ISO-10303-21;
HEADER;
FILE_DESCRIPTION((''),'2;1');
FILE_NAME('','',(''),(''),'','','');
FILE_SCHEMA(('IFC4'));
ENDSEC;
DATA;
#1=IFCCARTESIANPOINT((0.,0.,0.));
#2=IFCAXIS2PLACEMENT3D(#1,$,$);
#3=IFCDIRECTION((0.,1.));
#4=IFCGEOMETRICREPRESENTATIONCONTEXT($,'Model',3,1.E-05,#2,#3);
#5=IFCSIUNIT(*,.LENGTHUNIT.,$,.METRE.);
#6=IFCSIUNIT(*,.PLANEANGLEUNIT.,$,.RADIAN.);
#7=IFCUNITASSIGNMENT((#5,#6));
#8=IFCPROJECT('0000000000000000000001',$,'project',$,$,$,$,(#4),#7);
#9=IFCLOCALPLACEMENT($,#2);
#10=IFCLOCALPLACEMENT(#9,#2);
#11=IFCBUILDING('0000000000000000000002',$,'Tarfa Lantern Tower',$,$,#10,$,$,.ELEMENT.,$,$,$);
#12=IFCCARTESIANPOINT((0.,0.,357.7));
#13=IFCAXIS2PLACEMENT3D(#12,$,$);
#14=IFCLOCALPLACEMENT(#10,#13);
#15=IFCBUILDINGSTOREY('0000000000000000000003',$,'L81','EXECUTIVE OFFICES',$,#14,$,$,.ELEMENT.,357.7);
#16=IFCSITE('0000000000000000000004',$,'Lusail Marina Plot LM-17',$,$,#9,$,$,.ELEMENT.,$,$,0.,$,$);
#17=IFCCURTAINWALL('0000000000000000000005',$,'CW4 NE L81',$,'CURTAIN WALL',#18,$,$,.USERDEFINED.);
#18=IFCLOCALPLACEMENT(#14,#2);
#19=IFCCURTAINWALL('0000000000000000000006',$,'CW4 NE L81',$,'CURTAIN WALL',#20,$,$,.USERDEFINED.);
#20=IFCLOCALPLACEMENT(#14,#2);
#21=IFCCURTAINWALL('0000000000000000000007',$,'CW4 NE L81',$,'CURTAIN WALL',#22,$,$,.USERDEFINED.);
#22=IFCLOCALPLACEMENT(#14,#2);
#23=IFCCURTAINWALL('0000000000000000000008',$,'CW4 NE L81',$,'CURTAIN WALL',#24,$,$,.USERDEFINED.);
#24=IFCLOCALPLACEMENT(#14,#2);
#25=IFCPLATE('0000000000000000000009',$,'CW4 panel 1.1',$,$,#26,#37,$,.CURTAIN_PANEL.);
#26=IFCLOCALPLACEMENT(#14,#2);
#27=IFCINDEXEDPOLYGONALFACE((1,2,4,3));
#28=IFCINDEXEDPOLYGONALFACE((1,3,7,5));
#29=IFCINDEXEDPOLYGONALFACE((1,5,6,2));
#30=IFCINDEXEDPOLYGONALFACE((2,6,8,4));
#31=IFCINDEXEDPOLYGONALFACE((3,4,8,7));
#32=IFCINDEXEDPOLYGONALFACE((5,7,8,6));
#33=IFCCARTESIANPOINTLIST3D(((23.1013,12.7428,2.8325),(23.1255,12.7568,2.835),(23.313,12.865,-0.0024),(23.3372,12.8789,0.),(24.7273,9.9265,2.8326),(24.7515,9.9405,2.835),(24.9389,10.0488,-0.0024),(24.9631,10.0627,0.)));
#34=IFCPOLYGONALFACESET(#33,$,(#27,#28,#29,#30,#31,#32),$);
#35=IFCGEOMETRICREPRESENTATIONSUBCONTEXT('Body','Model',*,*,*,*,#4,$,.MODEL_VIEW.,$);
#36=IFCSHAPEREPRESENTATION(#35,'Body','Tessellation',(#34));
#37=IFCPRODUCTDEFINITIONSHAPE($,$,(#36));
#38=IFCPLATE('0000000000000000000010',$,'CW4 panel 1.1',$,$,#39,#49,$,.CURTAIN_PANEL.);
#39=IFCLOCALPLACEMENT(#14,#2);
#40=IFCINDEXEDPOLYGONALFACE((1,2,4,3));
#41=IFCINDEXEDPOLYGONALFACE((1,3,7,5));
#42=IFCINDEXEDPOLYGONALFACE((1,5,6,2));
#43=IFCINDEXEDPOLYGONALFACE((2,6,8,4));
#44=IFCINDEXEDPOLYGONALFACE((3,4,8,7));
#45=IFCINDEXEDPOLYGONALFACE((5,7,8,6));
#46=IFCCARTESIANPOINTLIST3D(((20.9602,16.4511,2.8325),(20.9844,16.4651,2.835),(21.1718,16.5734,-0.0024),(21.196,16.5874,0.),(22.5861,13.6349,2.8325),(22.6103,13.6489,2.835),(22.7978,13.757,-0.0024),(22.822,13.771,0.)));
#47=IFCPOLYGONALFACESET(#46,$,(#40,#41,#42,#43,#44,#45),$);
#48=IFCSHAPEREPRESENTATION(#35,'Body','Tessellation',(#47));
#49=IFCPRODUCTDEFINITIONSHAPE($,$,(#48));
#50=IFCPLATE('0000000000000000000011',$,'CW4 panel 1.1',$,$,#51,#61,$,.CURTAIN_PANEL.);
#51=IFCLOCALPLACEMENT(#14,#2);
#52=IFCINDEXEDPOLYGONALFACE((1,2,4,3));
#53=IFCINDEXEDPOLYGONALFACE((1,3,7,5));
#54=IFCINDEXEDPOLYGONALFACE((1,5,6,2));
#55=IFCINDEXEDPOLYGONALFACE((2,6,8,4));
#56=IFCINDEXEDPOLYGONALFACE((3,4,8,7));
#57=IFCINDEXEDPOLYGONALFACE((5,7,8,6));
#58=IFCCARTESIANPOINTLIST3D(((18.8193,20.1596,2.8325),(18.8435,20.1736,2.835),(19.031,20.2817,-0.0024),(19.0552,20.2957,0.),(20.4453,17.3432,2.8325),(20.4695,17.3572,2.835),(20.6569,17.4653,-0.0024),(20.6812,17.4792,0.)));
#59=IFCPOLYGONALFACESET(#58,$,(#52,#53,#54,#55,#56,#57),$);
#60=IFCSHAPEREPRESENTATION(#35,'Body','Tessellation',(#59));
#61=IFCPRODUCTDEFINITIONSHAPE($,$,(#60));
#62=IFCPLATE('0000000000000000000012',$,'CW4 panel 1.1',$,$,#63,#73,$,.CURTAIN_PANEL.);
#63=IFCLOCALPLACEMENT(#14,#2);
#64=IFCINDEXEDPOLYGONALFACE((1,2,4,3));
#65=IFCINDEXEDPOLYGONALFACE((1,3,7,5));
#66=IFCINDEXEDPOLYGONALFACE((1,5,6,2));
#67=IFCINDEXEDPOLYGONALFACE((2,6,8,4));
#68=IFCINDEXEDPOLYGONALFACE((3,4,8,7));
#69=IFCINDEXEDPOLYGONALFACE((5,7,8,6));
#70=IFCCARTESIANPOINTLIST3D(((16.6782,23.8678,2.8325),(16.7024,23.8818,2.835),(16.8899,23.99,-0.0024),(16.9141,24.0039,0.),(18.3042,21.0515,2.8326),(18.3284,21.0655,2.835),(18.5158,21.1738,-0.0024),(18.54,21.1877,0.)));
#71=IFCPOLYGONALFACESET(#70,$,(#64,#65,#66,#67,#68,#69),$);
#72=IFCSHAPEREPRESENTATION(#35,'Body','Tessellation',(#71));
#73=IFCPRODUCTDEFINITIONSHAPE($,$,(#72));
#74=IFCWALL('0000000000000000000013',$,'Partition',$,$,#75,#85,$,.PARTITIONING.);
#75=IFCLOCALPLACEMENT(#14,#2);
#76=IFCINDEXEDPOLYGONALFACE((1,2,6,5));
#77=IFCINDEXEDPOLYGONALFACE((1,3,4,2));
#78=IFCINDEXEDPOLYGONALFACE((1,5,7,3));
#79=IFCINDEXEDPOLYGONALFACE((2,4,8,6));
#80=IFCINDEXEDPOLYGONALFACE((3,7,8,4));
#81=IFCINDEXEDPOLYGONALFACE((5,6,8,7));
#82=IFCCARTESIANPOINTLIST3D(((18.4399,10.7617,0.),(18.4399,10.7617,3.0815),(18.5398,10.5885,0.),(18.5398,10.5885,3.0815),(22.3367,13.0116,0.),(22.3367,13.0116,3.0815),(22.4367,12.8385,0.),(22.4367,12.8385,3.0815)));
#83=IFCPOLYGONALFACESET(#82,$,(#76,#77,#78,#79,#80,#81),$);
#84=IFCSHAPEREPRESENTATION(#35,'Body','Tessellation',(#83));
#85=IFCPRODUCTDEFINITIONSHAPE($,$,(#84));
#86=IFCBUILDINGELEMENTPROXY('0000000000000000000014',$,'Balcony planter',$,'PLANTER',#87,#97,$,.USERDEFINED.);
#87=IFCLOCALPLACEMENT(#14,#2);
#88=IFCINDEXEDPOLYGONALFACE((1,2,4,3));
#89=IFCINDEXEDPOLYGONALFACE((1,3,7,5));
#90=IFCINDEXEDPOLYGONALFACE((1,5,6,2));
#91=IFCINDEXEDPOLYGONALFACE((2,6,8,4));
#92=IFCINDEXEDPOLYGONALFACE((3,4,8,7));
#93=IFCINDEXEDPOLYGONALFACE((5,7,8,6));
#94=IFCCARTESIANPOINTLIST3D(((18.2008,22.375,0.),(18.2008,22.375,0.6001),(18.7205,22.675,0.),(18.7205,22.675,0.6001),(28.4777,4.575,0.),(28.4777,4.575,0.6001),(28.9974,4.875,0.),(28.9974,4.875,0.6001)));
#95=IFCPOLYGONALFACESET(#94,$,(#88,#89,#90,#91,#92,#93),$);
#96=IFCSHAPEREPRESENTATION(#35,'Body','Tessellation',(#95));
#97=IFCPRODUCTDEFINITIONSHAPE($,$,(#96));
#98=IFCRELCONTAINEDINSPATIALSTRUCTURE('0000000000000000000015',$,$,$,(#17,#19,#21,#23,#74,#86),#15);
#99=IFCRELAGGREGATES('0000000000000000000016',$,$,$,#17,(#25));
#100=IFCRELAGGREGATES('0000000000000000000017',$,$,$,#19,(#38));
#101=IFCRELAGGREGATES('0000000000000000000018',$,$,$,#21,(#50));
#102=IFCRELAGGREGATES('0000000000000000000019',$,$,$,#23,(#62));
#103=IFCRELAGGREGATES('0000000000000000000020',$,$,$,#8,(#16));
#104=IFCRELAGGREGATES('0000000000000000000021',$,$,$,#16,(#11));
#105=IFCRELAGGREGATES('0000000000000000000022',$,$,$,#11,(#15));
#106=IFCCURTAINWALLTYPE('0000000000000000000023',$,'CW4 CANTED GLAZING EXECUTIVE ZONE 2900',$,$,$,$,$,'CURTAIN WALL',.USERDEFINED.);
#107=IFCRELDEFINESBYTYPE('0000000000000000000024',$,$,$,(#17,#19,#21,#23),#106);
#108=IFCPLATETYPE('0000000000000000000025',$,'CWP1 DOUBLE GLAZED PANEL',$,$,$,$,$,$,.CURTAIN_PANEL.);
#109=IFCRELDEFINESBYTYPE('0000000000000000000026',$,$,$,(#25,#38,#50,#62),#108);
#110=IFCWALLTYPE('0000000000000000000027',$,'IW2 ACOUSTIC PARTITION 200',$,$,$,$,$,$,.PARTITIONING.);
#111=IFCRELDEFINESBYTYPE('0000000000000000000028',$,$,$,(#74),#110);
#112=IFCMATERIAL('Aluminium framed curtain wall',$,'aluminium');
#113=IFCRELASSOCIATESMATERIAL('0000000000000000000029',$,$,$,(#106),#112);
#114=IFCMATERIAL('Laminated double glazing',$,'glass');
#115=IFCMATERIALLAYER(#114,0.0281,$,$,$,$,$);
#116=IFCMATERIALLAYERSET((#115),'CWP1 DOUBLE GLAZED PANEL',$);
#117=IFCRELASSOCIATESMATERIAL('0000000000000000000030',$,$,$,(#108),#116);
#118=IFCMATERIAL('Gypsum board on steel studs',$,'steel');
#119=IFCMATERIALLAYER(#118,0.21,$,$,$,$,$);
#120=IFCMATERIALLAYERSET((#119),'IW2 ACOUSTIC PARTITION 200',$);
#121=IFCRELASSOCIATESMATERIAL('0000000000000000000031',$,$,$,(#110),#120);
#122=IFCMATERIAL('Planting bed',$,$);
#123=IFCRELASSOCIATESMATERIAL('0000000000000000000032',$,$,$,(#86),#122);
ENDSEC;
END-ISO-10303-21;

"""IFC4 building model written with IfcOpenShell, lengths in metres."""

from ifc_helpers import new_model, si_unit, direction, frame, frame_2d, origin, origin_2d, place, context, subcontext, project, spatial, polyline, rectangle, outline, extrude, material, layer, layer_set, type_object, element, aggregate, save


model = new_model("IFC4")

# Units and contexts
model_context = context("Model", 3, precision=1e-05, world=origin(), true_north=direction((0.0, 1.0)))
body_context = subcontext(model_context, "Body", "Model", "MODEL_VIEW")
ifc_project = project(units=[si_unit("LENGTHUNIT", "METRE"), si_unit("PLANEANGLEUNIT", "RADIAN")], contexts=[model_context])

# Site, building, storey
site_placement = place(None, origin())
site = spatial("IfcSite", under=ifc_project, at=site_placement, Name="Lusail Marina Plot LM-17", CompositionType="ELEMENT", RefElevation=0.0)
building_placement = place(site_placement, origin())
building = spatial("IfcBuilding", under=site, at=building_placement, Name="Tarfa Lantern Tower", CompositionType="ELEMENT")
storey_placement = place(building_placement, frame((0.0, 0.0, 357.7)))
storey = spatial("IfcBuildingStorey", under=building, at=storey_placement, Name="L81", Description="EXECUTIVE OFFICES", CompositionType="ELEMENT", Elevation=357.7)

# Curtain wall
ifc_material_1 = material(Name="Aluminium framed curtain wall", Category="aluminium")
curtain_wall_type = type_object("IfcCurtainWallType", Name="CW4 CANTED GLAZING EXECUTIVE ZONE 2900", ElementType="CURTAIN WALL", PredefinedType="USERDEFINED", material=ifc_material_1)
curtain_wall_1_placement = place(storey_placement, origin())
curtain_wall_1 = element("IfcCurtainWall", 1, at=curtain_wall_1_placement, inside=storey, type_object=curtain_wall_type, Name="CW4 NE L81", ObjectType="CURTAIN WALL", PredefinedType="USERDEFINED")

# Curtain walls
curtain_wall_2_placement = place(storey_placement, origin())
curtain_wall_2 = element("IfcCurtainWall", 2, at=curtain_wall_2_placement, inside=storey, type_object=curtain_wall_type, Name="CW4 NE L81", ObjectType="CURTAIN WALL", PredefinedType="USERDEFINED")
curtain_wall_3_placement = place(storey_placement, origin())
curtain_wall_3 = element("IfcCurtainWall", 3, at=curtain_wall_3_placement, inside=storey, type_object=curtain_wall_type, Name="CW4 NE L81", ObjectType="CURTAIN WALL", PredefinedType="USERDEFINED")

# Curtain wall
curtain_wall_4_placement = place(storey_placement, origin())
curtain_wall_4 = element("IfcCurtainWall", 4, at=curtain_wall_4_placement, inside=storey, type_object=curtain_wall_type, Name="CW4 NE L81", ObjectType="CURTAIN WALL", PredefinedType="USERDEFINED")

# Plates
ifc_material_2 = material(Name="Laminated double glazing", Category="glass")
ifc_layer_1 = layer(ifc_material_2, 0.0281)
ifc_layer_set_1 = layer_set([ifc_layer_1], Name="CWP1 DOUBLE GLAZED PANEL")
plate_type = type_object("IfcPlateType", Name="CWP1 DOUBLE GLAZED PANEL", PredefinedType="CURTAIN_PANEL", material=ifc_layer_set_1)
plate_1_placement = place(storey_placement, frame((24.9631, 10.0627, 0.0), z_axis=(0.862826, 0.498151, 0.085893), x_axis=(-0.499999, 0.866026, 0.000002)))
plate_1 = element("IfcPlate", 5, at=plate_1_placement, type_object=plate_type, Name="CW4 panel 1.1", PredefinedType="CURTAIN_PANEL", context=body_context, shape_type="SweptSolid", body=[
    extrude(outline(polyline([(0.0, 0.0), (3.2519, 0.0), (3.252, 2.8455), (-0.0001, 2.8455), (0.0, 0.0)])), origin(), (0.0, 0.0, -1.0), 0.0281),
])
aggregate(curtain_wall_1, [plate_1])
plate_2_placement = place(storey_placement, frame((22.822, 13.771, 0.0), z_axis=(0.862826, 0.498151, 0.085893), x_axis=(-0.499999, 0.866026, -0.000002)))
plate_2 = element("IfcPlate", 6, at=plate_2_placement, type_object=plate_type, Name="CW4 panel 1.1", PredefinedType="CURTAIN_PANEL", context=body_context, shape_type="SweptSolid", body=[
    extrude(outline(polyline([(0.0, 0.0), (3.2521, 0.0), (3.252, 2.8455), (0.0001, 2.8455), (0.0, 0.0)])), origin(), (0.0, 0.0, -1.0), 0.0281),
])
aggregate(curtain_wall_2, [plate_2])
plate_3_placement = place(storey_placement, frame((20.6812, 17.4792, 0.0), z_axis=(0.862837, 0.498136, 0.085872), x_axis=(-0.499982, 0.866036, 0.0)))
plate_3 = element("IfcPlate", 7, at=plate_3_placement, type_object=plate_type, Name="CW4 panel 1.1", PredefinedType="CURTAIN_PANEL", context=body_context, shape_type="SweptSolid", body=[
    extrude(outline(polyline([(0.0, 0.0), (3.2521, 0.0), (3.2522, 2.8455), (0.0001, 2.8455), (0.0, 0.0)])), origin(), (0.0, 0.0, -1.0), 0.0281),
])
aggregate(curtain_wall_3, [plate_3])
plate_4_placement = place(storey_placement, frame((18.54, 21.1877, 0.0), z_axis=(0.862826, 0.498151, 0.085893), x_axis=(-0.499999, 0.866026, 0.000002)))
plate_4 = element("IfcPlate", 8, at=plate_4_placement, type_object=plate_type, Name="CW4 panel 1.1", PredefinedType="CURTAIN_PANEL", context=body_context, shape_type="SweptSolid", body=[
    extrude(outline(polyline([(0.0, 0.0), (3.2519, 0.0), (3.252, 2.8455), (-0.0001, 2.8455), (0.0, 0.0)])), origin(), (0.0, 0.0, -1.0), 0.0281),
])
aggregate(curtain_wall_4, [plate_4])

# Wall
ifc_material_3 = material(Name="Gypsum board on steel studs", Category="steel")
ifc_layer_2 = layer(ifc_material_3, 0.21)
ifc_layer_set_2 = layer_set([ifc_layer_2], Name="IW2 ACOUSTIC PARTITION 200")
wall_type = type_object("IfcWallType", Name="IW2 ACOUSTIC PARTITION 200", PredefinedType="PARTITIONING", material=ifc_layer_set_2)
wall_placement = place(storey_placement, frame((18.4897, 10.675, 0.0), z_axis=(0.0, 0.0, 1.0), x_axis=(0.866018, 0.500014, 0.0)))
element("IfcWall", 9, at=wall_placement, inside=storey, type_object=wall_type, Name="Partition", PredefinedType="PARTITIONING", context=body_context, shape_type="SweptSolid", body=[
    extrude(rectangle(XDim=4.4998, YDim=0.2, at=frame_2d((2.25, 0.0))), origin(), (0.0, 0.0, 1.0), 3.0815),
])

# Building element proxy
ifc_material_4 = material(Name="Planting bed")
proxy_placement = place(storey_placement, frame((23.5991, 13.625, 0.0), z_axis=(0.0, 0.0, 1.0), x_axis=(-0.5, 0.866025, 0.0)))
element("IfcBuildingElementProxy", 10, at=proxy_placement, inside=storey, material=ifc_material_4, Name="Balcony planter", ObjectType="PLANTER", PredefinedType="USERDEFINED", context=body_context, shape_type="SweptSolid", body=[
    extrude(rectangle(XDim=20.5537, YDim=0.6001, at=origin_2d()), origin(), (0.0, 0.0, 1.0), 0.6001),
])

save(model, "model.ifc")
